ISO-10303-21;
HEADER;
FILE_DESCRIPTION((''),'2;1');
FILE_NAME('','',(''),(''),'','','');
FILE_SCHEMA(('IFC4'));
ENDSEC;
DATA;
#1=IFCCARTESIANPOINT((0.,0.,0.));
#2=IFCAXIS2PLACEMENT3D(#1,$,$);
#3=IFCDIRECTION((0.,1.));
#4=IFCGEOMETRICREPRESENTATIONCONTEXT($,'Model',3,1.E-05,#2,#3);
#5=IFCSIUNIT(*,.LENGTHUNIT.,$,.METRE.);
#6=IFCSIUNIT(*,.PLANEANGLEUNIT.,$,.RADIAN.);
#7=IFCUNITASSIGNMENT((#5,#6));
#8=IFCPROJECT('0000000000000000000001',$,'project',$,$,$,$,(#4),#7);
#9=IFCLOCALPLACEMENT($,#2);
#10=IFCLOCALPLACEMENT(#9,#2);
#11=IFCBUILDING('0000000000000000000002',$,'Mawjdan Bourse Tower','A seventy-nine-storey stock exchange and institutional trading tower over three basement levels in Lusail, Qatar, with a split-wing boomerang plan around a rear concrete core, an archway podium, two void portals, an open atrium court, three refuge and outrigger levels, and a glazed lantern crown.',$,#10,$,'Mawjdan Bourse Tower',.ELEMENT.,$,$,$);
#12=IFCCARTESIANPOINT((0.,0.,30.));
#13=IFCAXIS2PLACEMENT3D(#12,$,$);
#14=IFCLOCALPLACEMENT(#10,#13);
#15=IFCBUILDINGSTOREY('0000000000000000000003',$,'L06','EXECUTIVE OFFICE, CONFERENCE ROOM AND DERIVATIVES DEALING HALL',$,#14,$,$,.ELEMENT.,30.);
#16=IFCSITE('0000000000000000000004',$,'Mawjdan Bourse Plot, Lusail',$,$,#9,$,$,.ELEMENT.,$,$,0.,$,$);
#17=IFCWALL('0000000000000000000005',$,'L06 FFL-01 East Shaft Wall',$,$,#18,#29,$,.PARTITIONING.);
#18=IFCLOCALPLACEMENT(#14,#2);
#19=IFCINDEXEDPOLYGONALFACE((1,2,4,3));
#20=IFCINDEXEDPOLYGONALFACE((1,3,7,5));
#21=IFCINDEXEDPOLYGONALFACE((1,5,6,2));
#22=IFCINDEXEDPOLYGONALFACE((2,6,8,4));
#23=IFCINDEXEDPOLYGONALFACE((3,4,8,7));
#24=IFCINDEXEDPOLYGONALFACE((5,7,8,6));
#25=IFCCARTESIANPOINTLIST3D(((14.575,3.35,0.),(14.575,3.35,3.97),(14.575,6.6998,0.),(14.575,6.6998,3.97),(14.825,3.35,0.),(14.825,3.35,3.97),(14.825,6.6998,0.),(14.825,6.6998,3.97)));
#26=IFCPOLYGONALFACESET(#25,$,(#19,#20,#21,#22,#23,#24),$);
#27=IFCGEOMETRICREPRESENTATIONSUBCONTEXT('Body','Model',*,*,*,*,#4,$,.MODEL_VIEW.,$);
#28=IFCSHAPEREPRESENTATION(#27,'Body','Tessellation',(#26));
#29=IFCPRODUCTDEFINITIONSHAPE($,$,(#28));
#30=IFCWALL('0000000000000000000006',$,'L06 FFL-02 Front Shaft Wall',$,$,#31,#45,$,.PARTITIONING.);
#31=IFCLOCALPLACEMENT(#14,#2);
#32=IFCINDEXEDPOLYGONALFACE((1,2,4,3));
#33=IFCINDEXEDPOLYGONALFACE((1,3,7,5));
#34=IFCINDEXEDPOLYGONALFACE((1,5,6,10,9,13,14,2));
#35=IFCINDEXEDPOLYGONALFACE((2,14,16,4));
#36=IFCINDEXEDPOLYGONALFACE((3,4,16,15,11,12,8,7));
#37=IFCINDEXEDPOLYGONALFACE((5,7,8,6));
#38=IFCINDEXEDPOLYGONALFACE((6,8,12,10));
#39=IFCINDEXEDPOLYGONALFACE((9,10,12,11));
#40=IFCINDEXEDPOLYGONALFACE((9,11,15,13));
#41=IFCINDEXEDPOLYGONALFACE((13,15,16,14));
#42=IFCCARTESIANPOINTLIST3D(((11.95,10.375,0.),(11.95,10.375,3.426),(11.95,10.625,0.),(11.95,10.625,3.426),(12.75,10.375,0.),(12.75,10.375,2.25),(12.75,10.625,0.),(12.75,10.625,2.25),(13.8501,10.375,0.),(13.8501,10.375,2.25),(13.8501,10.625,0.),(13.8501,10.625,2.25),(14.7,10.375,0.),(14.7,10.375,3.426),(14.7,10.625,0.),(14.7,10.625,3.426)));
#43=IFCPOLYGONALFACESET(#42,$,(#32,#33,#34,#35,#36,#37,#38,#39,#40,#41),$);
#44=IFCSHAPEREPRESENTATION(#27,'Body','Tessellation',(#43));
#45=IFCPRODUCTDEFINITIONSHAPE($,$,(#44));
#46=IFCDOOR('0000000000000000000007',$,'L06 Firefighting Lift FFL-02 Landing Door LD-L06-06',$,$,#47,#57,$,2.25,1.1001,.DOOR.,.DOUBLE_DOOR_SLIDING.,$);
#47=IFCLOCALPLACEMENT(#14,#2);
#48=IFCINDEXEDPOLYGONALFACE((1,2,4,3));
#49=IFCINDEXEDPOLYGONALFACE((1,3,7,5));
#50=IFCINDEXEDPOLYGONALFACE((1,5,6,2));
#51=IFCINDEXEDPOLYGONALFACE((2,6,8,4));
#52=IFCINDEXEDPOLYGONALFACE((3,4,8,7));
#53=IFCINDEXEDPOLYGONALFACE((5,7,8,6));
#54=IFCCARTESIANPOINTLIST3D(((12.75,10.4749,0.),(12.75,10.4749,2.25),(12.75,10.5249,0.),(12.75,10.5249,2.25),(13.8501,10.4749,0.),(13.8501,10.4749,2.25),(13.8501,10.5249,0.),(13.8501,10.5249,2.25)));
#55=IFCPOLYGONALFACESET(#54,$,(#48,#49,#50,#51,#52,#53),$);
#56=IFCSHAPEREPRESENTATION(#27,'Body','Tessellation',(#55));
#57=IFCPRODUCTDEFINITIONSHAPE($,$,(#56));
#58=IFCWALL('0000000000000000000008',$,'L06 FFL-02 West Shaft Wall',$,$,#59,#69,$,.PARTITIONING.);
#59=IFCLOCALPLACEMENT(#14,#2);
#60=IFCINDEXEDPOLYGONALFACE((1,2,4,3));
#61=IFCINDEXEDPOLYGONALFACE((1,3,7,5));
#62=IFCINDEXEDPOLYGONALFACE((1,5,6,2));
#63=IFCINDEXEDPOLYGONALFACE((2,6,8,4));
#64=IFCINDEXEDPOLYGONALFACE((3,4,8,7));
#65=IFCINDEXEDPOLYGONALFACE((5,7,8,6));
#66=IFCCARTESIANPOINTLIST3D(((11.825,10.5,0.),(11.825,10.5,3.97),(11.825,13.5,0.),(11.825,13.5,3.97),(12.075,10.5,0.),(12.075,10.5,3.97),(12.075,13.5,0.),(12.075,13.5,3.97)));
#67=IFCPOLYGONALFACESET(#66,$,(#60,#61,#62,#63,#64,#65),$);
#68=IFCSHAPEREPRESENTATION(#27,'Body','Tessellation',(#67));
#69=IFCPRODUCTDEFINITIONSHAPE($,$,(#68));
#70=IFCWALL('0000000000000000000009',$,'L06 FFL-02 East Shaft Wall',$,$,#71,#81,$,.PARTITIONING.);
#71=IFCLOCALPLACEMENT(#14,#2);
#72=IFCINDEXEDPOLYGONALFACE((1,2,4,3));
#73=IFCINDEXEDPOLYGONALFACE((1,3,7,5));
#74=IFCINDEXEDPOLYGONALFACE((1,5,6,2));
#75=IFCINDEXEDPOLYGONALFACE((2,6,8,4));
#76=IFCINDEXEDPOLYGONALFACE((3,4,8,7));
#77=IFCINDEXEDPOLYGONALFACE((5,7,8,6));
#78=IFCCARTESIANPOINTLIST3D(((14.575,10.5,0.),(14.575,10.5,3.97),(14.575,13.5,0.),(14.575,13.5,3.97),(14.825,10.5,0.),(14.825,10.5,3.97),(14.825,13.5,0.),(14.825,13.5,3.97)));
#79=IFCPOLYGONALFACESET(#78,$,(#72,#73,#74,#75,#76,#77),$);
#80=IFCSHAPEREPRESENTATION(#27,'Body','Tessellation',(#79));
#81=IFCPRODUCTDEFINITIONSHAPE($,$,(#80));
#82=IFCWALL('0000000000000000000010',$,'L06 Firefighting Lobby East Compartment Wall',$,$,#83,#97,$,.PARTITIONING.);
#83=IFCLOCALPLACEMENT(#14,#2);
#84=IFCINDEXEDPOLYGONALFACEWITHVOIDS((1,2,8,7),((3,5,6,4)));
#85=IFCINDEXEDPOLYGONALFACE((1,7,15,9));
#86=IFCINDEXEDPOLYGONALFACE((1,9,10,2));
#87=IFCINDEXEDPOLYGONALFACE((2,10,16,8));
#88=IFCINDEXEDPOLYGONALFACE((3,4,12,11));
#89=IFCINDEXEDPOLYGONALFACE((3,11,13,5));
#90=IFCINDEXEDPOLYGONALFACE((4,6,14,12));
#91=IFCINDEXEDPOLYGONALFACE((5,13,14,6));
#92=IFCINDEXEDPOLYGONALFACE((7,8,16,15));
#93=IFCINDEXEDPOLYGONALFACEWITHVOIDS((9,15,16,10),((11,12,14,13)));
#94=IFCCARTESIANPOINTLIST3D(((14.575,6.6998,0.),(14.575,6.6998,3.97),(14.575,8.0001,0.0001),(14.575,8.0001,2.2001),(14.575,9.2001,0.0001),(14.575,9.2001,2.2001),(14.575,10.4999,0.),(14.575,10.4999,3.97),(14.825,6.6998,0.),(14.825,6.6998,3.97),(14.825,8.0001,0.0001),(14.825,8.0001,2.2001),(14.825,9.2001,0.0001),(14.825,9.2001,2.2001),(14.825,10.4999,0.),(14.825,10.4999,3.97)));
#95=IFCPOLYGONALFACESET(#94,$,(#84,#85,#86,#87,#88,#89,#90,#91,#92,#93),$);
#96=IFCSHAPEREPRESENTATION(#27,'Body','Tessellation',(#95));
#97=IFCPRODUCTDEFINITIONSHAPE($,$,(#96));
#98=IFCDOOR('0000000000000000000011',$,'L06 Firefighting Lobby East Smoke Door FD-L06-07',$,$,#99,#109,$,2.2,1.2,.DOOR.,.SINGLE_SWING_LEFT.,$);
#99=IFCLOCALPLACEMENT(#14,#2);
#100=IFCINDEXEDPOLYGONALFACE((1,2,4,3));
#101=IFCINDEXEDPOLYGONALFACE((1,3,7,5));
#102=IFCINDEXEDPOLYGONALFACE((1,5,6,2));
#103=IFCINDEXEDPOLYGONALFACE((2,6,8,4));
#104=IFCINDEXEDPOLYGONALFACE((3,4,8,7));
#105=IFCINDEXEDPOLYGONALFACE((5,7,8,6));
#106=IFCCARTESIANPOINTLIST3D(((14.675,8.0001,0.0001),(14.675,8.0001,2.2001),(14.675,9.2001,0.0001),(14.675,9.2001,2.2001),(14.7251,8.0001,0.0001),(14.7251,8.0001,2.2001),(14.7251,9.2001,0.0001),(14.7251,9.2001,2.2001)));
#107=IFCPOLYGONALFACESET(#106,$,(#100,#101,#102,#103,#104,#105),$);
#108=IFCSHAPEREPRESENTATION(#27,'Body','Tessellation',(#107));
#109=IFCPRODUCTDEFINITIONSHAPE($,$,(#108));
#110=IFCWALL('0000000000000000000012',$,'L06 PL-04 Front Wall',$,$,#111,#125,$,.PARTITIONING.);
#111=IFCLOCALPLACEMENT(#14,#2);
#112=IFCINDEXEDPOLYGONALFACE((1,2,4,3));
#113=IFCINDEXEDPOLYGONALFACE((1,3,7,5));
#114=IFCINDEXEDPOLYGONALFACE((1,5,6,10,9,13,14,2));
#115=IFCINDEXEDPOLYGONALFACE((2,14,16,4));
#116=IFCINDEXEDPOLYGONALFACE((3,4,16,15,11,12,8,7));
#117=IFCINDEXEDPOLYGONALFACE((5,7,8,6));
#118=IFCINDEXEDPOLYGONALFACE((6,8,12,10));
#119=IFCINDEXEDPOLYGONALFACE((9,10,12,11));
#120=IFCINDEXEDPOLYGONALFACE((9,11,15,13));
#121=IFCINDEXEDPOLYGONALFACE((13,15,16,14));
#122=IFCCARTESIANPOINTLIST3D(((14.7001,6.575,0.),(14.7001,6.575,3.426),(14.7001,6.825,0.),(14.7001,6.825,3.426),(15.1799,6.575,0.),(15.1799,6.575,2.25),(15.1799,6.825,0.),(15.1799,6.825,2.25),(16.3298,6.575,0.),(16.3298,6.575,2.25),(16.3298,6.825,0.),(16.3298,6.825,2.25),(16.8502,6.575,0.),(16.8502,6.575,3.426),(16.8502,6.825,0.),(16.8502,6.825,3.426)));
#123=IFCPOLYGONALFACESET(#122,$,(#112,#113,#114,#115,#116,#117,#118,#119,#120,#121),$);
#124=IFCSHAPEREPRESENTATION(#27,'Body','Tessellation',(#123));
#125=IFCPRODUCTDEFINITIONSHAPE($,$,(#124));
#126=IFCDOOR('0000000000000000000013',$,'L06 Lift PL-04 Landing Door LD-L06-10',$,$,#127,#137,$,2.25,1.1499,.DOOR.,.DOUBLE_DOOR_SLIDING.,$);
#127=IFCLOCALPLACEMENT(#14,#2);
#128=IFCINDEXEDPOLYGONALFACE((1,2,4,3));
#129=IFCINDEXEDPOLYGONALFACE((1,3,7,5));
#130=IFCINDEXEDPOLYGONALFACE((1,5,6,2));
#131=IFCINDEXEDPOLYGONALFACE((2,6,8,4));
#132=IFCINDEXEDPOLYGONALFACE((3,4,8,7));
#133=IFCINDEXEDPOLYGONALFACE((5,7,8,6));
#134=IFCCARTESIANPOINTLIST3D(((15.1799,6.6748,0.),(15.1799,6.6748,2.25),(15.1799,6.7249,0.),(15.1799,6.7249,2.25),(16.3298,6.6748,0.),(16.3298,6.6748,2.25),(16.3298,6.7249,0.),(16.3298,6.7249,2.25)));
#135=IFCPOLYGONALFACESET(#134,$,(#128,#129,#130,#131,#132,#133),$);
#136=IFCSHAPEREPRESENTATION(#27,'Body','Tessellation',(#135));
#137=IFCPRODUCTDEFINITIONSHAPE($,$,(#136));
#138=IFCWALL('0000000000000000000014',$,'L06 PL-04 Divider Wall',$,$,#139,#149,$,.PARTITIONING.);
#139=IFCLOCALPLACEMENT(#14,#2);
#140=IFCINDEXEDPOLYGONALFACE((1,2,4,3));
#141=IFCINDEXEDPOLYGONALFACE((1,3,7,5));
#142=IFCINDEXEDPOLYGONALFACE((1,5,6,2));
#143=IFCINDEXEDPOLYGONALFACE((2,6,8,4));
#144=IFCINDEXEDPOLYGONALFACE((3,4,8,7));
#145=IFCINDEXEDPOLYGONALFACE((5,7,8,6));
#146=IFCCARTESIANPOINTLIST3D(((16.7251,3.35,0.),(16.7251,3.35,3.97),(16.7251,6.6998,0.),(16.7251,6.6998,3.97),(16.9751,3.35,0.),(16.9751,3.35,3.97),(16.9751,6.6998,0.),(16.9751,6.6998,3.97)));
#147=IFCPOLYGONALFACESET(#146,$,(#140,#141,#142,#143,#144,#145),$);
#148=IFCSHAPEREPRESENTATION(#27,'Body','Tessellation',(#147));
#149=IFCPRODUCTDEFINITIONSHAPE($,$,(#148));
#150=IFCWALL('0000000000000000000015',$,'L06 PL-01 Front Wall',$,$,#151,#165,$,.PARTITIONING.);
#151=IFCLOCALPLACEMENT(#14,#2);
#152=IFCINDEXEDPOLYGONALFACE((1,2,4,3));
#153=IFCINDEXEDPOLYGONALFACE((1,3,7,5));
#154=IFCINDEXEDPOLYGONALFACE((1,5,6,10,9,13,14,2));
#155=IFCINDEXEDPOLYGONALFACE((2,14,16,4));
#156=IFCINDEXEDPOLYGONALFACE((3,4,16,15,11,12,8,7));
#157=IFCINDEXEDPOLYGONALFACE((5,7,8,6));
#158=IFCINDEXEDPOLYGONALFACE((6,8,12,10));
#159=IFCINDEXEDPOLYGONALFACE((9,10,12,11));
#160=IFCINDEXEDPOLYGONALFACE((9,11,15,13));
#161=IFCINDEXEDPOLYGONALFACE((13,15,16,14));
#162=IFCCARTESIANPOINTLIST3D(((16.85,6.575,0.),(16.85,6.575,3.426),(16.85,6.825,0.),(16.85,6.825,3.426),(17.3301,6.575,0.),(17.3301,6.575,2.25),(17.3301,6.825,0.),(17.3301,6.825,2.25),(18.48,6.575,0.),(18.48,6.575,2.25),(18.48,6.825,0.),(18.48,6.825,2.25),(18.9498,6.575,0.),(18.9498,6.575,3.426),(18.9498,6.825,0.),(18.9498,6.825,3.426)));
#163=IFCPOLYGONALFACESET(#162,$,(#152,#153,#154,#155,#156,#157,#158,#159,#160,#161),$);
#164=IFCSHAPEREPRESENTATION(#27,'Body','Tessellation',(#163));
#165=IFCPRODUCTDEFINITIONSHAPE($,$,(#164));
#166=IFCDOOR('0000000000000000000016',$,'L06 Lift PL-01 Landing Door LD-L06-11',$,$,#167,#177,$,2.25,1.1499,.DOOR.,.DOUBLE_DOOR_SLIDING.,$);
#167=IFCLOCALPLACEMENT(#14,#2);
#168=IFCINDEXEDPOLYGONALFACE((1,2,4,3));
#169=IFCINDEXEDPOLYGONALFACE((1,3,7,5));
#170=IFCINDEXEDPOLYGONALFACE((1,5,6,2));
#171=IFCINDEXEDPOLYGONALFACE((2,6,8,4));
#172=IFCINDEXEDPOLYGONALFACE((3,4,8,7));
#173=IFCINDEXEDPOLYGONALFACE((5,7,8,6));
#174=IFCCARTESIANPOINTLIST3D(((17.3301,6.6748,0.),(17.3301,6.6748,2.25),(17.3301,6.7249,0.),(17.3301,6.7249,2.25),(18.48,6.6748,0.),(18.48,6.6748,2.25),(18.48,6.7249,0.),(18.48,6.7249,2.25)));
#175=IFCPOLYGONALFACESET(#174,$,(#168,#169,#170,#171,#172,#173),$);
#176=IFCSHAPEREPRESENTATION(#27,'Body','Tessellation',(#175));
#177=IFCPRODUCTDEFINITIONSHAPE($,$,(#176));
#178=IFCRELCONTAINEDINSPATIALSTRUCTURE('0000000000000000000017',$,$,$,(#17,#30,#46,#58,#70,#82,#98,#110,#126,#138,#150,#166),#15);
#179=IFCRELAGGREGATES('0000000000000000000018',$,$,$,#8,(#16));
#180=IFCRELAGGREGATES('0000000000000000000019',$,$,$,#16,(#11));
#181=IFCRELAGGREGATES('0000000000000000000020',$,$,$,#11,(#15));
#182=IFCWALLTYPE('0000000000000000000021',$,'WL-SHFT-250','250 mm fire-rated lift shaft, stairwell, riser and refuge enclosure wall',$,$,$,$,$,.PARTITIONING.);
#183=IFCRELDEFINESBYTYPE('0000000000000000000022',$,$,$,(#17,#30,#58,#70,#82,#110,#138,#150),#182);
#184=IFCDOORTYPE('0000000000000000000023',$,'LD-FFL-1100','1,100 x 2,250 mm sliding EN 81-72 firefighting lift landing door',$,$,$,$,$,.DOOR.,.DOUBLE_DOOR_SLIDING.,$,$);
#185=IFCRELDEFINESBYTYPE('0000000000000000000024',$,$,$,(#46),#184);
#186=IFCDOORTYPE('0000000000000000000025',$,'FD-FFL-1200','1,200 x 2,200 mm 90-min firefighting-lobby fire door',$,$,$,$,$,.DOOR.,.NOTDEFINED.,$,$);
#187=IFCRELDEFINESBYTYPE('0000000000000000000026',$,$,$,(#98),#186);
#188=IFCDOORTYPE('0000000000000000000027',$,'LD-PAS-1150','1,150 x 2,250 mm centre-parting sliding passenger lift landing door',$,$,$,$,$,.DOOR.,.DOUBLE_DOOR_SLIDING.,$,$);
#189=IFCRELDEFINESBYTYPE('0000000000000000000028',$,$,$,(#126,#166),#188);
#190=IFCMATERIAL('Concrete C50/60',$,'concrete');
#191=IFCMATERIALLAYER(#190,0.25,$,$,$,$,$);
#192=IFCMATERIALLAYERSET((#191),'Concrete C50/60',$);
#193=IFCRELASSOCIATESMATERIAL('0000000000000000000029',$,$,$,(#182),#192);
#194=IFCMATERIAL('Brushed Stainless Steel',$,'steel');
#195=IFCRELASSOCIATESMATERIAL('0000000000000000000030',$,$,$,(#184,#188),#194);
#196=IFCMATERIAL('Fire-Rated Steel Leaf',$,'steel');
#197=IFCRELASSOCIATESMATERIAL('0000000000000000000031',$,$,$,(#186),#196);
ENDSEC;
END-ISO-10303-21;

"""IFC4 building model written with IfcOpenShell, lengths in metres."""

from ifc_helpers import new_model, si_unit, direction, frame, frame_2d, origin, place, context, subcontext, project, spatial, rectangle, extrude, material, layer, layer_set, type_object, element, fill, save


model = new_model("IFC4")

# Units and contexts
model_context = context("Model", 3, precision=1e-05, world=origin(), true_north=direction((0.0, 1.0)))
body_context = subcontext(model_context, "Body", "Model", "MODEL_VIEW")
ifc_project = project(units=[si_unit("LENGTHUNIT", "METRE"), si_unit("PLANEANGLEUNIT", "RADIAN")], contexts=[model_context])

# Site, building, storey
site_placement = place(None, origin())
site = spatial("IfcSite", under=ifc_project, at=site_placement, Name="Mawjdan Bourse Plot, Lusail", CompositionType="ELEMENT", RefElevation=0.0)
building_placement = place(site_placement, origin())
building = spatial("IfcBuilding", under=site, at=building_placement, Name="Mawjdan Bourse Tower", Description="A seventy-nine-storey stock exchange and institutional trading tower over three basement levels in Lusail, Qatar, with a split-wing boomerang plan around a rear concrete core, an archway podium, two void portals, an open atrium court, three refuge and outrigger levels, and a glazed lantern crown.", LongName="Mawjdan Bourse Tower", CompositionType="ELEMENT")
storey_placement = place(building_placement, frame((0.0, 0.0, 30.0)))
storey = spatial("IfcBuildingStorey", under=building, at=storey_placement, Name="L06", Description="EXECUTIVE OFFICE, CONFERENCE ROOM AND DERIVATIVES DEALING HALL", CompositionType="ELEMENT", Elevation=30.0)

# Shared definitions
ifc_material_1 = material(Name="Concrete C50/60", Category="concrete")
ifc_layer = layer(ifc_material_1, 0.25)
ifc_layer_set = layer_set([ifc_layer], Name="Concrete C50/60")
wall_type = type_object("IfcWallType", Name="WL-SHFT-250", Description="250 mm fire-rated lift shaft, stairwell, riser and refuge enclosure wall", PredefinedType="PARTITIONING", material=ifc_layer_set)

# Shared definitions
ifc_material_2 = material(Name="Brushed Stainless Steel", Category="steel")
door_type_1 = type_object("IfcDoorType", Name="LD-FFL-1100", Description="1,100 x 2,250 mm sliding EN 81-72 firefighting lift landing door", OperationType="DOUBLE_DOOR_SLIDING", PredefinedType="DOOR", material=ifc_material_2)

# Wall
wall_1_placement = place(storey_placement, frame((14.7, 3.3501, 0.0), z_axis=(0.0, 0.0, 1.0), x_axis=(0.0, 1.0, 0.0)))
element("IfcWall", 1, at=wall_1_placement, inside=storey, type_object=wall_type, Name="L06 FFL-01 East Shaft Wall", PredefinedType="PARTITIONING", context=body_context, shape_type="SweptSolid", body=[
    extrude(rectangle(XDim=3.3499, YDim=0.25, at=frame_2d((1.6748, 0.0))), origin(), (0.0, 0.0, 1.0), 3.97),
])

# Wall, opening, door
wall_2_placement = place(storey_placement, frame((11.95, 10.5, 0.0), z_axis=(0.0, 0.0, 1.0), x_axis=(1.0, 0.0, 0.0)))
wall_2 = element("IfcWall", 2, at=wall_2_placement, inside=storey, type_object=wall_type, Name="L06 FFL-02 Front Shaft Wall", PredefinedType="PARTITIONING", context=body_context, shape_type="SweptSolid", body=[
    extrude(rectangle(XDim=2.75, YDim=0.25, at=frame_2d((1.375, 0.0))), origin(), (0.0, 0.0, 1.0), 3.426),
])
opening_1_placement = place(wall_2_placement, frame((0.8, 0.0, 0.0)))
opening_1 = element("IfcOpeningElement", 3, at=opening_1_placement, cuts=wall_2, PredefinedType="OPENING", context=body_context, shape_type="SweptSolid", body=[
    extrude(rectangle(XDim=1.1001, YDim=2.25, at=frame_2d((0.55, 1.125))), frame((0.0, 0.135, 0.0), z_axis=(0.0, -1.0, 0.0), x_axis=(1.0, 0.0, 0.0)), (0.0, 0.0, 1.0), 0.27),
])
door_1_placement = place(opening_1_placement, origin())
door_1 = element("IfcDoor", 4, at=door_1_placement, inside=storey, type_object=door_type_1, Name="L06 Firefighting Lift FFL-02 Landing Door LD-L06-06", OperationType="DOUBLE_DOOR_SLIDING", OverallHeight=2.25, OverallWidth=1.1001, PredefinedType="DOOR", context=body_context, shape_type="SweptSolid", body=[
    extrude(rectangle(XDim=1.1001, YDim=2.25, at=frame_2d((0.55, 1.125))), frame((0.0, 0.0249, 0.0), z_axis=(0.0, -1.0, 0.0), x_axis=(1.0, 0.0, 0.0)), (0.0, 0.0, 1.0), 0.05),
])
fill(opening_1, door_1)

# Walls
for number, where, z_axis, x_axis, name in (
    (5, (11.95, 10.5, 0.0), (0.0, 0.0, 1.0), (0.0, 1.0, 0.0), "L06 FFL-02 West Shaft Wall"),
    (6, (14.7, 10.5, 0.0), (0.0, 0.0, 1.0), (0.0, 1.0, 0.0), "L06 FFL-02 East Shaft Wall"),
):
    element("IfcWall", number, at=place(storey_placement, frame(where, z_axis=z_axis, x_axis=x_axis)), inside=storey, type_object=wall_type, Name=name, PredefinedType="PARTITIONING", context=body_context, shape_type="SweptSolid", body=[
        extrude(rectangle(XDim=3.0, YDim=0.25, at=frame_2d((1.5, 0.0))), origin(), (0.0, 0.0, 1.0), 3.97),
    ])

# Walls, openings, doors
wall_3_placement = place(storey_placement, frame((14.7, 6.7, 0.0), z_axis=(0.0, 0.0, 1.0), x_axis=(0.0, 1.0, 0.0)))
wall_3 = element("IfcWall", 7, at=wall_3_placement, inside=storey, type_object=wall_type, Name="L06 Firefighting Lobby East Compartment Wall", PredefinedType="PARTITIONING", context=body_context, shape_type="SweptSolid", body=[
    extrude(rectangle(XDim=3.8, YDim=0.25, at=frame_2d((1.8999, 0.0))), origin(), (0.0, 0.0, 1.0), 3.97),
])
opening_2_placement = place(wall_3_placement, frame((1.3, 0.0, 0.0)))
opening_2 = element("IfcOpeningElement", 8, at=opening_2_placement, cuts=wall_3, PredefinedType="OPENING", context=body_context, shape_type="SweptSolid", body=[
    extrude(rectangle(XDim=1.2, YDim=2.2, at=frame_2d((0.6001, 1.1001))), frame((0.0, 0.135, 0.0), z_axis=(0.0, -1.0, 0.0), x_axis=(1.0, 0.0, 0.0)), (0.0, 0.0, 1.0), 0.27),
])
ifc_material_3 = material(Name="Fire-Rated Steel Leaf", Category="steel")
door_type_2 = type_object("IfcDoorType", Name="FD-FFL-1200", Description="1,200 x 2,200 mm 90-min firefighting-lobby fire door", OperationType="NOTDEFINED", PredefinedType="DOOR", material=ifc_material_3)
door_2_placement = place(opening_2_placement, origin())
door_2 = element("IfcDoor", 9, at=door_2_placement, inside=storey, type_object=door_type_2, Name="L06 Firefighting Lobby East Smoke Door FD-L06-07", OperationType="SINGLE_SWING_LEFT", OverallHeight=2.2, OverallWidth=1.2, PredefinedType="DOOR", context=body_context, shape_type="SweptSolid", body=[
    extrude(rectangle(XDim=1.2, YDim=2.2, at=frame_2d((0.6001, 1.1001))), frame((0.0, 0.0249, 0.0), z_axis=(0.0, -1.0, 0.0), x_axis=(1.0, 0.0, 0.0)), (0.0, 0.0, 1.0), 0.05),
])
fill(opening_2, door_2)
wall_4_placement = place(storey_placement, frame((14.7, 6.7, 0.0), z_axis=(0.0, 0.0, 1.0), x_axis=(1.0, 0.0, 0.0)))
wall_4 = element("IfcWall", 10, at=wall_4_placement, inside=storey, type_object=wall_type, Name="L06 PL-04 Front Wall", PredefinedType="PARTITIONING", context=body_context, shape_type="SweptSolid", body=[
    extrude(rectangle(XDim=2.1501, YDim=0.25, at=frame_2d((1.0752, 0.0))), origin(), (0.0, 0.0, 1.0), 3.426),
])
opening_3_placement = place(wall_4_placement, frame((0.48, 0.0, 0.0)))
opening_3 = element("IfcOpeningElement", 11, at=opening_3_placement, cuts=wall_4, PredefinedType="OPENING", context=body_context, shape_type="SweptSolid", body=[
    extrude(rectangle(XDim=1.1499, YDim=2.25, at=frame_2d((0.575, 1.125))), frame((0.0, 0.135, 0.0), z_axis=(0.0, -1.0, 0.0), x_axis=(1.0, 0.0, 0.0)), (0.0, 0.0, 1.0), 0.27),
])
door_type_3 = type_object("IfcDoorType", Name="LD-PAS-1150", Description="1,150 x 2,250 mm centre-parting sliding passenger lift landing door", OperationType="DOUBLE_DOOR_SLIDING", PredefinedType="DOOR", material=ifc_material_2)
door_3_placement = place(opening_3_placement, origin())
door_3 = element("IfcDoor", 12, at=door_3_placement, inside=storey, type_object=door_type_3, Name="L06 Lift PL-04 Landing Door LD-L06-10", OperationType="DOUBLE_DOOR_SLIDING", OverallHeight=2.25, OverallWidth=1.1499, PredefinedType="DOOR", context=body_context, shape_type="SweptSolid", body=[
    extrude(rectangle(XDim=1.1499, YDim=2.25, at=frame_2d((0.575, 1.125))), frame((0.0, 0.0249, 0.0), z_axis=(0.0, -1.0, 0.0), x_axis=(1.0, 0.0, 0.0)), (0.0, 0.0, 1.0), 0.05),
])
fill(opening_3, door_3)

# Wall
wall_5_placement = place(storey_placement, frame((16.8501, 3.3501, 0.0), z_axis=(0.0, 0.0, 1.0), x_axis=(0.0, 1.0, 0.0)))
element("IfcWall", 13, at=wall_5_placement, inside=storey, type_object=wall_type, Name="L06 PL-04 Divider Wall", PredefinedType="PARTITIONING", context=body_context, shape_type="SweptSolid", body=[
    extrude(rectangle(XDim=3.3499, YDim=0.25, at=frame_2d((1.6748, 0.0))), origin(), (0.0, 0.0, 1.0), 3.97),
])

# Wall, opening, door
wall_6_placement = place(storey_placement, frame((16.8501, 6.7, 0.0), z_axis=(0.0, 0.0, 1.0), x_axis=(1.0, 0.0, 0.0)))
wall_6 = element("IfcWall", 14, at=wall_6_placement, inside=storey, type_object=wall_type, Name="L06 PL-01 Front Wall", PredefinedType="PARTITIONING", context=body_context, shape_type="SweptSolid", body=[
    extrude(rectangle(XDim=2.0999, YDim=0.25, at=frame_2d((1.0498, 0.0))), origin(), (0.0, 0.0, 1.0), 3.426),
])
opening_4_placement = place(wall_6_placement, frame((0.48, 0.0, 0.0)))
opening_4 = element("IfcOpeningElement", 15, at=opening_4_placement, cuts=wall_6, PredefinedType="OPENING", context=body_context, shape_type="SweptSolid", body=[
    extrude(rectangle(XDim=1.1499, YDim=2.25, at=frame_2d((0.575, 1.125))), frame((0.0, 0.135, 0.0), z_axis=(0.0, -1.0, 0.0), x_axis=(1.0, 0.0, 0.0)), (0.0, 0.0, 1.0), 0.27),
])
door_4_placement = place(opening_4_placement, origin())
door_4 = element("IfcDoor", 16, at=door_4_placement, inside=storey, type_object=door_type_3, Name="L06 Lift PL-01 Landing Door LD-L06-11", OperationType="DOUBLE_DOOR_SLIDING", OverallHeight=2.25, OverallWidth=1.1499, PredefinedType="DOOR", context=body_context, shape_type="SweptSolid", body=[
    extrude(rectangle(XDim=1.1499, YDim=2.25, at=frame_2d((0.575, 1.125))), frame((0.0, 0.0249, 0.0), z_axis=(0.0, -1.0, 0.0), x_axis=(1.0, 0.0, 0.0)), (0.0, 0.0, 1.0), 0.05),
])
fill(opening_4, door_4)

save(model, "model.ifc")
